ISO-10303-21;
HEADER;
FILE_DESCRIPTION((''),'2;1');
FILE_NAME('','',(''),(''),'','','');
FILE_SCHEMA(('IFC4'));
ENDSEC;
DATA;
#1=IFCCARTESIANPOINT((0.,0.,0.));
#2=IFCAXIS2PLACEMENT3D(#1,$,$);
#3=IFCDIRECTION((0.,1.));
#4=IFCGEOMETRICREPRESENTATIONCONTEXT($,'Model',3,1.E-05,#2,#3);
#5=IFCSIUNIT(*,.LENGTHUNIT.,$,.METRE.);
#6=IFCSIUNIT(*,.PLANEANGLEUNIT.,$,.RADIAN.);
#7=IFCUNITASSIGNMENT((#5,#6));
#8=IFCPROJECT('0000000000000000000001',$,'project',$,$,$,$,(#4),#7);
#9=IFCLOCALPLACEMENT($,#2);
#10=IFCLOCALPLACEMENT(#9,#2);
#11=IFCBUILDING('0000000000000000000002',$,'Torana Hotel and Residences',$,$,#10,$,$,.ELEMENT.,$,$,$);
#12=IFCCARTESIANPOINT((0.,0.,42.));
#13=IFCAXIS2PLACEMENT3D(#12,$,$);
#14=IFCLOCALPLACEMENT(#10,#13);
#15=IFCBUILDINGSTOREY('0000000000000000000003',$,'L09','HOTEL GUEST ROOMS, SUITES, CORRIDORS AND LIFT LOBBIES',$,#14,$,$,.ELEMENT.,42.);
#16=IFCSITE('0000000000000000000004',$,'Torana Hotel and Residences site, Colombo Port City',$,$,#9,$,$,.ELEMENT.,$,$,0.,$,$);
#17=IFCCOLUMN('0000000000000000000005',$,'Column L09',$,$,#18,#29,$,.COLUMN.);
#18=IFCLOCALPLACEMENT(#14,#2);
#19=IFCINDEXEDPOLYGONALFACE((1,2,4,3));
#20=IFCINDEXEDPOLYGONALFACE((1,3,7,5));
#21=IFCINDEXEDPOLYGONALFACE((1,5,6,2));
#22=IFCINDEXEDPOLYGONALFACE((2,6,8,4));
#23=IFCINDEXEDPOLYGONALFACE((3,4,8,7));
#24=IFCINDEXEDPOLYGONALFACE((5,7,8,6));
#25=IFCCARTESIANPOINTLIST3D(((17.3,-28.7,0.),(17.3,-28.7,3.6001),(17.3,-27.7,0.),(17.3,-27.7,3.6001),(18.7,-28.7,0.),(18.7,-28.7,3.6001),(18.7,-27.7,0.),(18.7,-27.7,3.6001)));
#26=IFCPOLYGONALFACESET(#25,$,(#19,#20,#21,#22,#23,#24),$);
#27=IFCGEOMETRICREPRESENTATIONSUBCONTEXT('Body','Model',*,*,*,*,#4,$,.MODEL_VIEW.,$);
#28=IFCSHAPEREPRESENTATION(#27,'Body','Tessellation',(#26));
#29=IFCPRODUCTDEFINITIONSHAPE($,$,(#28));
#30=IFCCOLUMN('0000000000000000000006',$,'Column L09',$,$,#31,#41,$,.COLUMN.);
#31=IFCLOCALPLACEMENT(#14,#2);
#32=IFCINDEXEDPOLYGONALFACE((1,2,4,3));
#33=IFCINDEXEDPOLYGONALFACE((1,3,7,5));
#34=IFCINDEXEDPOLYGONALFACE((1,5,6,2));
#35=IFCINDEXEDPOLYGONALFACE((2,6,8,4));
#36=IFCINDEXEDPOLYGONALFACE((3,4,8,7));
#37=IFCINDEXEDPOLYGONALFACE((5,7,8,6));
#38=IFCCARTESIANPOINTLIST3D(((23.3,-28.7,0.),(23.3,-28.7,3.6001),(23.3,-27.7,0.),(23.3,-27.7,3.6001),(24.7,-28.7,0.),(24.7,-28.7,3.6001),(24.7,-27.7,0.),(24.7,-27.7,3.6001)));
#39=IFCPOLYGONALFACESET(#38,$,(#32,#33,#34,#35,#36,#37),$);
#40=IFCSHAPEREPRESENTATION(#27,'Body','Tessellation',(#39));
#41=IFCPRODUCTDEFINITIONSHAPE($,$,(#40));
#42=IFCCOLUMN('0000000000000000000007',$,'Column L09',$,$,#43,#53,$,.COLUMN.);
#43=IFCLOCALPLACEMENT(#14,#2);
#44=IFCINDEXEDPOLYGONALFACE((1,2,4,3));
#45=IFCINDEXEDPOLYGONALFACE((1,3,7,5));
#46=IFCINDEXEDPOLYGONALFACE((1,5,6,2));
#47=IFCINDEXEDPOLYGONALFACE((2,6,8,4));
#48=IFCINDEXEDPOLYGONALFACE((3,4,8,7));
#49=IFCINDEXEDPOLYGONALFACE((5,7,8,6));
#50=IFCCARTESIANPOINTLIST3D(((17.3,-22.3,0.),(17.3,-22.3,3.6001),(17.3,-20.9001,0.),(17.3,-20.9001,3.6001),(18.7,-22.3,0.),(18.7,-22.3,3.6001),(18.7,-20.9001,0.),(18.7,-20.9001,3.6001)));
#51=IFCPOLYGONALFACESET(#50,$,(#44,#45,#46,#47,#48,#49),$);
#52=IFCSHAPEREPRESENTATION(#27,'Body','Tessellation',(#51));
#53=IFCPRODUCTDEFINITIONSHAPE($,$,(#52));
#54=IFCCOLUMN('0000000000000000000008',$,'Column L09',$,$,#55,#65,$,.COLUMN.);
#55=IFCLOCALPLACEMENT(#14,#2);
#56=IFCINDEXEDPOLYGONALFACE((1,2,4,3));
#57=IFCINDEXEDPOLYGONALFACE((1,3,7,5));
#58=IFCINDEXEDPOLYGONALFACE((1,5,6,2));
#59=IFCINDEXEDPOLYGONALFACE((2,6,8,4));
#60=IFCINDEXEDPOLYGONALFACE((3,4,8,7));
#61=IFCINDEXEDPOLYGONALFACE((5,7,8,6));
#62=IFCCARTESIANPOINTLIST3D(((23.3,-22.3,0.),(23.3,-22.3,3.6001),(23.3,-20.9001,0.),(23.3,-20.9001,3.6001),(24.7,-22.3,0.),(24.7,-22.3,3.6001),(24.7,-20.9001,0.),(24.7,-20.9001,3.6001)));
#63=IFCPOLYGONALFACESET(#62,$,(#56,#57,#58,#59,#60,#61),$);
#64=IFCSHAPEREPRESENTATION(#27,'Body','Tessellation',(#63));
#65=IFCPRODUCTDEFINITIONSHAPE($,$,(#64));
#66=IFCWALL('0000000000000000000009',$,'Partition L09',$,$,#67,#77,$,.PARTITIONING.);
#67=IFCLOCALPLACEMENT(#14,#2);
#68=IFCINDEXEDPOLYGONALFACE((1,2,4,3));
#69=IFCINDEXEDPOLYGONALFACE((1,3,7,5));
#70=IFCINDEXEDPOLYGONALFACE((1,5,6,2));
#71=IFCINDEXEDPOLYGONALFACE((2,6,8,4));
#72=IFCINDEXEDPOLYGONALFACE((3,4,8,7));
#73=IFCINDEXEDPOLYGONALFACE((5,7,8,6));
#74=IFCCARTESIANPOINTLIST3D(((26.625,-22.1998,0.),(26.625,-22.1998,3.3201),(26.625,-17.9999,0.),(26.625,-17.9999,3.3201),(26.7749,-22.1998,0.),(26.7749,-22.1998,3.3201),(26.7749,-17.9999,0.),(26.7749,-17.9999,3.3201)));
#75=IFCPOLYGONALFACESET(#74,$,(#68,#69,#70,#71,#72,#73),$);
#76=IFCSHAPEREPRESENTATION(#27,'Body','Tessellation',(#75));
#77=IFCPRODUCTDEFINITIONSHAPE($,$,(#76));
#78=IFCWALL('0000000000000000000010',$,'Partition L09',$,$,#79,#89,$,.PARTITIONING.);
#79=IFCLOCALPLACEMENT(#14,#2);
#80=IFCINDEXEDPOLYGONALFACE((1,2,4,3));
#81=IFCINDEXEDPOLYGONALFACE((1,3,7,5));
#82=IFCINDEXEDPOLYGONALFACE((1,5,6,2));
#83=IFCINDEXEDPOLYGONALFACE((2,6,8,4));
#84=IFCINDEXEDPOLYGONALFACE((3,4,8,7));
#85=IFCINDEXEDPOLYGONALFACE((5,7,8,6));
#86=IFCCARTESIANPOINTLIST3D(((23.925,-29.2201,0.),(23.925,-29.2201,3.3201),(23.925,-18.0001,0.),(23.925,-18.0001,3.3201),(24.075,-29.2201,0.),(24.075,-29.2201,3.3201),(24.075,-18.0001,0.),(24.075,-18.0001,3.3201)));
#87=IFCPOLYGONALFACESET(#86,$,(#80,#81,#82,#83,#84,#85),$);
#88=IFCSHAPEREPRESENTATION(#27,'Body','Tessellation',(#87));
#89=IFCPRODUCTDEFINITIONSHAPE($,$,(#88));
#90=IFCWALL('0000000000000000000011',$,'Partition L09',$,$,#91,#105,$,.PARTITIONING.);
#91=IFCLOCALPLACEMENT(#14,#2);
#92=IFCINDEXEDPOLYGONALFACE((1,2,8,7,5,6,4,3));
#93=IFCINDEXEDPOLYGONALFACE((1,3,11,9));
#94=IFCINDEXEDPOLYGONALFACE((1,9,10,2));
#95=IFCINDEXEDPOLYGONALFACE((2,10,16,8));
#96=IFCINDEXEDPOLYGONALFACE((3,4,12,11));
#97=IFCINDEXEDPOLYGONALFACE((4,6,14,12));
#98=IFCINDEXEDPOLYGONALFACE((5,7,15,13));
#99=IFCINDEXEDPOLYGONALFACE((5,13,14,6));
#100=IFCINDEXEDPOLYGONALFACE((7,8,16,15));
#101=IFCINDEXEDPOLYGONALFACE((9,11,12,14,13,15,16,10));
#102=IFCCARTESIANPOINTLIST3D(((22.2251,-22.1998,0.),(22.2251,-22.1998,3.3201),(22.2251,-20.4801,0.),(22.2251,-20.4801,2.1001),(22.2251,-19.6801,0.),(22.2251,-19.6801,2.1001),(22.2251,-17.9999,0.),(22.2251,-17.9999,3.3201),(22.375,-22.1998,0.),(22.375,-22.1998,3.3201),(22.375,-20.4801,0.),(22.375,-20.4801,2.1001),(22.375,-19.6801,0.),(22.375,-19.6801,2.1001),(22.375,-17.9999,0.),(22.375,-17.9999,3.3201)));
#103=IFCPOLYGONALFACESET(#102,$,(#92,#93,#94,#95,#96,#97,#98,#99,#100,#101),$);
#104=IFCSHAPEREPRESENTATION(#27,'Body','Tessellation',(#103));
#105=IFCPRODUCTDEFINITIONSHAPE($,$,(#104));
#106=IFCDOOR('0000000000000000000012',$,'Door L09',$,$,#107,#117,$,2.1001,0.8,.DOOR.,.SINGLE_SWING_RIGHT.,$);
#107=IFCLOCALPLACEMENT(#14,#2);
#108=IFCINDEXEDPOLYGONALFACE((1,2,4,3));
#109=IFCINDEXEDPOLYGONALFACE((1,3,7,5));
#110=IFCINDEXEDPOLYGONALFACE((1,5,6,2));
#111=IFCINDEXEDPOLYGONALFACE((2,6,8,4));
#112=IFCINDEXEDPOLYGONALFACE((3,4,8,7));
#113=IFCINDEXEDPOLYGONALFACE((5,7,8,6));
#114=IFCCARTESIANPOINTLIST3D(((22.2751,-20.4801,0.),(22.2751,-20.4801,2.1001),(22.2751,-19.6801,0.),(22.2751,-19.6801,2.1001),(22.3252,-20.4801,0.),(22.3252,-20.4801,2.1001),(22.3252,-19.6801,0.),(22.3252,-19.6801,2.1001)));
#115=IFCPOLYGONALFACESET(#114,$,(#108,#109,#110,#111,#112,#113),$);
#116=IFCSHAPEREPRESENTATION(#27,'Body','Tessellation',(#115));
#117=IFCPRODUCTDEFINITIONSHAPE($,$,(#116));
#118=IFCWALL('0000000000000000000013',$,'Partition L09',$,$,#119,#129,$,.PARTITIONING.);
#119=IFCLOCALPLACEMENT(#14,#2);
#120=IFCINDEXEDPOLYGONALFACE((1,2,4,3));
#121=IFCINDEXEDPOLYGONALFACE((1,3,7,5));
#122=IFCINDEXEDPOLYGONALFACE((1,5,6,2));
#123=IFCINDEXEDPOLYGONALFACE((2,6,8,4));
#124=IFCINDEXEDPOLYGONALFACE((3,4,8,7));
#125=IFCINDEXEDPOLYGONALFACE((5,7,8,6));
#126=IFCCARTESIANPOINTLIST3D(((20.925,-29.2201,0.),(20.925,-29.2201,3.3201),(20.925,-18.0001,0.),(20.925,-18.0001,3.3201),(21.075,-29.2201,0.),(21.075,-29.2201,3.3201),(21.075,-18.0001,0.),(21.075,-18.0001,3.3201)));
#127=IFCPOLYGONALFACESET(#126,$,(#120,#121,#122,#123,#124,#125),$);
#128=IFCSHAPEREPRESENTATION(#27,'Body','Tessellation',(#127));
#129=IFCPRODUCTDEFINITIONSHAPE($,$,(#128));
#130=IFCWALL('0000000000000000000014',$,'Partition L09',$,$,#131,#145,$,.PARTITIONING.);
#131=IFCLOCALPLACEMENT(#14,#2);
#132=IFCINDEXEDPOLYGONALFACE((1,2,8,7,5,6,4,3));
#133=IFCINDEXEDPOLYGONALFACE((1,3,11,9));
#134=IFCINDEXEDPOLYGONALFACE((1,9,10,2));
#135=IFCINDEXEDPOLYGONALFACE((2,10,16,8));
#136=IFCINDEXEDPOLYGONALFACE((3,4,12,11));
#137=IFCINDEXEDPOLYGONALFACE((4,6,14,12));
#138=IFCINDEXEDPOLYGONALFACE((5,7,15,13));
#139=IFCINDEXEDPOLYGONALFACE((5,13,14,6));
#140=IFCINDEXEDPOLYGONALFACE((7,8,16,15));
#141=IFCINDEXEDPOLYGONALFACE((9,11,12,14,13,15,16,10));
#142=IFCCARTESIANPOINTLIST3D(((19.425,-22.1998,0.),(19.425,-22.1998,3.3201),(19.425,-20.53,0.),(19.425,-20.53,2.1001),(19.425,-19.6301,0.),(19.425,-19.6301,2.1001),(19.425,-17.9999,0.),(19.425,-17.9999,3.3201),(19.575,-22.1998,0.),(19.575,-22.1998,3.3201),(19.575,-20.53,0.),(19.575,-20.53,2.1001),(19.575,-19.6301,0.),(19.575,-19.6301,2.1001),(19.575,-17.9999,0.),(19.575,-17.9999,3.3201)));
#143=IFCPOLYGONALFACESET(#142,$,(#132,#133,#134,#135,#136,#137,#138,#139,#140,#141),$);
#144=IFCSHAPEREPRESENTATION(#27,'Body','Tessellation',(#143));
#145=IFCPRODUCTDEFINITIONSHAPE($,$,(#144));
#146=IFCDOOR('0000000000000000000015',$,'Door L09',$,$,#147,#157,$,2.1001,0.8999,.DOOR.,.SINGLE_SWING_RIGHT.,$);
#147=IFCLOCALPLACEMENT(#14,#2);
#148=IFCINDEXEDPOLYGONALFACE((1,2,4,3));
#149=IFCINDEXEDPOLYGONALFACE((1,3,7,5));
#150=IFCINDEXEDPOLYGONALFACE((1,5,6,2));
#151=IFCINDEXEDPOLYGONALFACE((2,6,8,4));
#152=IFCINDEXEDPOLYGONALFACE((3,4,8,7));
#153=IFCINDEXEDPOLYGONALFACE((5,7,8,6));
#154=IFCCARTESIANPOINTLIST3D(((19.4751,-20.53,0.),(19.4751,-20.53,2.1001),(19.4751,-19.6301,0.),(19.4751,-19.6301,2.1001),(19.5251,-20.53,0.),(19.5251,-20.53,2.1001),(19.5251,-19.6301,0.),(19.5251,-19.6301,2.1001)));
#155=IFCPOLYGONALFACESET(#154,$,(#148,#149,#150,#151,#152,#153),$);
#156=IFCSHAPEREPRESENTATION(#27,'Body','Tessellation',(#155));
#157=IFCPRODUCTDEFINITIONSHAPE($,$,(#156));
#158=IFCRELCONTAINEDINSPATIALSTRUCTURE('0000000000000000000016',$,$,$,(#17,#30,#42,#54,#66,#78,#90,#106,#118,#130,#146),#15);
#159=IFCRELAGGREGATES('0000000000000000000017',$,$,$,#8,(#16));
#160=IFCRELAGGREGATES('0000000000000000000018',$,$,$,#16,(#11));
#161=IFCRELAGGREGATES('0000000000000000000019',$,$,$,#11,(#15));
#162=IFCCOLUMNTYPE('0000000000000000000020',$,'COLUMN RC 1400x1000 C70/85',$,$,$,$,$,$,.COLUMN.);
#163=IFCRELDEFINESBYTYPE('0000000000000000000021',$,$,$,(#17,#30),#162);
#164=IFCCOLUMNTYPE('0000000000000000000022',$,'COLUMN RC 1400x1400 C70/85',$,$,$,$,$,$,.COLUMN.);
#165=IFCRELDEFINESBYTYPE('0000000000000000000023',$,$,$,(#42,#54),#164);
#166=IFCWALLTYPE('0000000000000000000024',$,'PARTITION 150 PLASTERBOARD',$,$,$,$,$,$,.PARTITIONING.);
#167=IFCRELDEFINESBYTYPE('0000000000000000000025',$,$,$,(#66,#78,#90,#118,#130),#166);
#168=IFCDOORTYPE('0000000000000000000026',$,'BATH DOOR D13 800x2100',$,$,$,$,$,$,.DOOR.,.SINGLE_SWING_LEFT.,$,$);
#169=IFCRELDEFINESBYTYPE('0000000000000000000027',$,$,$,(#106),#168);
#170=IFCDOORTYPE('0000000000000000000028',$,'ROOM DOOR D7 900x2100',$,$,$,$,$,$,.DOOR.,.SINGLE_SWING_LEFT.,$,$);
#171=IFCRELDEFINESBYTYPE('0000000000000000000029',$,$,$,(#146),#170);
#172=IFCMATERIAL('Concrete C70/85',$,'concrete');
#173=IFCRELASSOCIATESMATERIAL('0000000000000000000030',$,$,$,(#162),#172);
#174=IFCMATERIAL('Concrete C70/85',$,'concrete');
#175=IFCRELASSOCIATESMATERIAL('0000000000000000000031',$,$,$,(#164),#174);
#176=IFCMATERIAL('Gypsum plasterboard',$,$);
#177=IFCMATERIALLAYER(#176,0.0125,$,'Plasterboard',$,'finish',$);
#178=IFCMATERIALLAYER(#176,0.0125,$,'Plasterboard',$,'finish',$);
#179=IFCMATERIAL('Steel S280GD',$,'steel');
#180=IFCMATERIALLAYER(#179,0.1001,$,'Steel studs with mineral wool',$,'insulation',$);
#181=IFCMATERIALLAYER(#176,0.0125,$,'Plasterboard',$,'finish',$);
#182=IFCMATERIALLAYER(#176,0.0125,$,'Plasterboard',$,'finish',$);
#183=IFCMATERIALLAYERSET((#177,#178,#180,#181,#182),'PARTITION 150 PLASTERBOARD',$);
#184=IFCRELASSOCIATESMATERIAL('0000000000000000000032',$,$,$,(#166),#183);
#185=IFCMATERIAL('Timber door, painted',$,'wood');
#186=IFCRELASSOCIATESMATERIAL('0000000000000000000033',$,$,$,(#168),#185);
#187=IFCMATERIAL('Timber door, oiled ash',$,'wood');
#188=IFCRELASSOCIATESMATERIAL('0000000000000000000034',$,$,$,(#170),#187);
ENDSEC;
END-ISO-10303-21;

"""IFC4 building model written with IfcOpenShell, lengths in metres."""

from ifc_helpers import new_model, si_unit, direction, frame, frame_2d, origin, origin_2d, place, context, subcontext, project, spatial, rectangle, extrude, material, layer, layer_set, material_profile, profile_set, type_object, element, fill, save


model = new_model("IFC4")

# Units and contexts
model_context = context("Model", 3, precision=1e-05, world=origin(), true_north=direction((0.0, 1.0)))
body_context = subcontext(model_context, "Body", "Model", "MODEL_VIEW")
ifc_project = project(units=[si_unit("LENGTHUNIT", "METRE"), si_unit("PLANEANGLEUNIT", "RADIAN")], contexts=[model_context])

# Site, building, storey
site_placement = place(None, origin())
site = spatial("IfcSite", under=ifc_project, at=site_placement, Name="Torana Hotel and Residences site, Colombo Port City", CompositionType="ELEMENT", RefElevation=0.0)
building_placement = place(site_placement, origin())
building = spatial("IfcBuilding", under=site, at=building_placement, Name="Torana Hotel and Residences", CompositionType="ELEMENT")
storey_placement = place(building_placement, frame((0.0, 0.0, 42.0)))
storey = spatial("IfcBuildingStorey", under=building, at=storey_placement, Name="L09", Description="HOTEL GUEST ROOMS, SUITES, CORRIDORS AND LIFT LOBBIES", CompositionType="ELEMENT", Elevation=42.0)

# Columns
ifc_material_1 = material(Name="Concrete C70/85", Category="concrete")
ifc_material_profile_1 = material_profile(ifc_material_1, rectangle(XDim=1.3999, YDim=1.0, at=origin_2d()), Name="RC 1400x1000")
ifc_profile_set_1 = profile_set([ifc_material_profile_1], Name="Concrete C70/85")
column_type_1 = type_object("IfcColumnType", Name="COLUMN RC 1400x1000 C70/85", PredefinedType="COLUMN", material=ifc_profile_set_1)
for number, where, z_axis, x_axis, name in (
    (1, (18.0, -28.2, 0.0), (0.0, 0.0, 1.0), (1.0, 0.0, 0.0), "Column L09"),
    (2, (24.0, -28.2, 0.0), (0.0, 0.0, 1.0), (1.0, 0.0, 0.0), "Column L09"),
):
    element("IfcColumn", number, at=place(storey_placement, frame(where, z_axis=z_axis, x_axis=x_axis)), inside=storey, type_object=column_type_1, Name=name, PredefinedType="COLUMN", context=body_context, shape_type="SweptSolid", body=[
        extrude(rectangle(XDim=1.3999, YDim=1.0, at=origin_2d()), origin(), (0.0, 0.0, 1.0), 3.6001),
    ])
ifc_material_2 = material(Name="Concrete C70/85", Category="concrete")
ifc_material_profile_2 = material_profile(ifc_material_2, rectangle(XDim=1.3999, YDim=1.3999, at=origin_2d()), Name="RC 1400x1400")
ifc_profile_set_2 = profile_set([ifc_material_profile_2], Name="Concrete C70/85")
column_type_2 = type_object("IfcColumnType", Name="COLUMN RC 1400x1400 C70/85", PredefinedType="COLUMN", material=ifc_profile_set_2)
for number, where, z_axis, x_axis, name in (
    (3, (18.0, -21.6001, 0.0), (0.0, 0.0, 1.0), (1.0, 0.0, 0.0), "Column L09"),
    (4, (24.0, -21.6001, 0.0), (0.0, 0.0, 1.0), (1.0, 0.0, 0.0), "Column L09"),
):
    element("IfcColumn", number, at=place(storey_placement, frame(where, z_axis=z_axis, x_axis=x_axis)), inside=storey, type_object=column_type_2, Name=name, PredefinedType="COLUMN", context=body_context, shape_type="SweptSolid", body=[
        extrude(rectangle(XDim=1.3999, YDim=1.3999, at=origin_2d()), origin(), (0.0, 0.0, 1.0), 3.6001),
    ])

# Walls
ifc_material_3 = material(Name="Gypsum plasterboard")
ifc_layer_1 = layer(ifc_material_3, 0.0125, Name="Plasterboard", Category="finish")
ifc_layer_2 = layer(ifc_material_3, 0.0125, Name="Plasterboard", Category="finish")
ifc_material_4 = material(Name="Steel S280GD", Category="steel")
ifc_layer_3 = layer(ifc_material_4, 0.1001, Name="Steel studs with mineral wool", Category="insulation")
ifc_layer_4 = layer(ifc_material_3, 0.0125, Name="Plasterboard", Category="finish")
ifc_layer_5 = layer(ifc_material_3, 0.0125, Name="Plasterboard", Category="finish")
ifc_layer_set_1 = layer_set([ifc_layer_1, ifc_layer_2, ifc_layer_3, ifc_layer_4, ifc_layer_5], Name="PARTITION 150 PLASTERBOARD")
wall_type_1 = type_object("IfcWallType", Name="PARTITION 150 PLASTERBOARD", PredefinedType="PARTITIONING", material=ifc_layer_set_1)
wall_1_placement = place(storey_placement, frame((26.7, -22.2, 0.0), z_axis=(0.0, 0.0, 1.0), x_axis=(0.0, 1.0, 0.0)))
element("IfcWall", 5, at=wall_1_placement, inside=storey, type_object=wall_type_1, Name="Partition L09", PredefinedType="PARTITIONING", context=body_context, shape_type="SweptSolid", body=[
    extrude(rectangle(XDim=4.2, YDim=0.1499, at=frame_2d((2.1001, 0.0))), origin(), (0.0, 0.0, 1.0), 3.3201),
])
wall_2_placement = place(storey_placement, frame((24.0, -29.22, 0.0), z_axis=(0.0, 0.0, 1.0), x_axis=(0.0, 1.0, 0.0)))
element("IfcWall", 6, at=wall_2_placement, inside=storey, type_object=wall_type_1, Name="Partition L09", PredefinedType="PARTITIONING", context=body_context, shape_type="SweptSolid", body=[
    extrude(rectangle(XDim=11.22, YDim=0.1499, at=frame_2d((5.6099, 0.0))), origin(), (0.0, 0.0, 1.0), 3.3201),
])

# Wall, opening, door
wall_3_placement = place(storey_placement, frame((22.3, -22.2, 0.0), z_axis=(0.0, 0.0, 1.0), x_axis=(0.0, 1.0, 0.0)))
wall_3 = element("IfcWall", 7, at=wall_3_placement, inside=storey, type_object=wall_type_1, Name="Partition L09", PredefinedType="PARTITIONING", context=body_context, shape_type="SweptSolid", body=[
    extrude(rectangle(XDim=4.2, YDim=0.1499, at=frame_2d((2.1001, 0.0))), origin(), (0.0, 0.0, 1.0), 3.3201),
])
opening_1_placement = place(wall_3_placement, frame((1.72, 0.0, 0.0)))
opening_1 = element("IfcOpeningElement", 8, at=opening_1_placement, cuts=wall_3, PredefinedType="OPENING", context=body_context, shape_type="SweptSolid", body=[
    extrude(rectangle(XDim=0.8, YDim=2.1001, at=frame_2d((0.3999, 1.05))), frame((0.0, 0.085, 0.0), z_axis=(0.0, -1.0, 0.0), x_axis=(1.0, 0.0, 0.0)), (0.0, 0.0, 1.0), 0.1699),
])
ifc_material_5 = material(Name="Timber door, painted", Category="wood")
door_type_1 = type_object("IfcDoorType", Name="BATH DOOR D13 800x2100", OperationType="SINGLE_SWING_LEFT", PredefinedType="DOOR", material=ifc_material_5)
door_1_placement = place(opening_1_placement, origin())
door_1 = element("IfcDoor", 9, at=door_1_placement, inside=storey, type_object=door_type_1, Name="Door L09", OperationType="SINGLE_SWING_RIGHT", OverallHeight=2.1001, OverallWidth=0.8, PredefinedType="DOOR", context=body_context, shape_type="SweptSolid", body=[
    extrude(rectangle(XDim=0.8, YDim=2.1001, at=frame_2d((0.3999, 1.05))), frame((0.0, 0.0249, 0.0), z_axis=(0.0, -1.0, 0.0), x_axis=(1.0, 0.0, 0.0)), (0.0, 0.0, 1.0), 0.05),
])
fill(opening_1, door_1)

# Wall
wall_4_placement = place(storey_placement, frame((21.0, -29.22, 0.0), z_axis=(0.0, 0.0, 1.0), x_axis=(0.0, 1.0, 0.0)))
element("IfcWall", 10, at=wall_4_placement, inside=storey, type_object=wall_type_1, Name="Partition L09", PredefinedType="PARTITIONING", context=body_context, shape_type="SweptSolid", body=[
    extrude(rectangle(XDim=11.22, YDim=0.1499, at=frame_2d((5.6099, 0.0))), origin(), (0.0, 0.0, 1.0), 3.3201),
])

# Wall, opening, door
wall_5_placement = place(storey_placement, frame((19.5, -22.2, 0.0), z_axis=(0.0, 0.0, 1.0), x_axis=(0.0, 1.0, 0.0)))
wall_5 = element("IfcWall", 11, at=wall_5_placement, inside=storey, type_object=wall_type_1, Name="Partition L09", PredefinedType="PARTITIONING", context=body_context, shape_type="SweptSolid", body=[
    extrude(rectangle(XDim=4.2, YDim=0.1499, at=frame_2d((2.1001, 0.0))), origin(), (0.0, 0.0, 1.0), 3.3201),
])
opening_2_placement = place(wall_5_placement, frame((1.6699, 0.0, 0.0)))
opening_2 = element("IfcOpeningElement", 12, at=opening_2_placement, cuts=wall_5, PredefinedType="OPENING", context=body_context, shape_type="SweptSolid", body=[
    extrude(rectangle(XDim=0.8999, YDim=2.1001, at=frame_2d((0.45, 1.05))), frame((0.0, 0.085, 0.0), z_axis=(0.0, -1.0, 0.0), x_axis=(1.0, 0.0, 0.0)), (0.0, 0.0, 1.0), 0.1699),
])
ifc_material_6 = material(Name="Timber door, oiled ash", Category="wood")
door_type_2 = type_object("IfcDoorType", Name="ROOM DOOR D7 900x2100", OperationType="SINGLE_SWING_LEFT", PredefinedType="DOOR", material=ifc_material_6)
door_2_placement = place(opening_2_placement, origin())
door_2 = element("IfcDoor", 13, at=door_2_placement, inside=storey, type_object=door_type_2, Name="Door L09", OperationType="SINGLE_SWING_RIGHT", OverallHeight=2.1001, OverallWidth=0.8999, PredefinedType="DOOR", context=body_context, shape_type="SweptSolid", body=[
    extrude(rectangle(XDim=0.8999, YDim=2.1001, at=frame_2d((0.45, 1.05))), frame((0.0, 0.0249, 0.0), z_axis=(0.0, -1.0, 0.0), x_axis=(1.0, 0.0, 0.0)), (0.0, 0.0, 1.0), 0.05),
])
fill(opening_2, door_2)

save(model, "model.ifc")
